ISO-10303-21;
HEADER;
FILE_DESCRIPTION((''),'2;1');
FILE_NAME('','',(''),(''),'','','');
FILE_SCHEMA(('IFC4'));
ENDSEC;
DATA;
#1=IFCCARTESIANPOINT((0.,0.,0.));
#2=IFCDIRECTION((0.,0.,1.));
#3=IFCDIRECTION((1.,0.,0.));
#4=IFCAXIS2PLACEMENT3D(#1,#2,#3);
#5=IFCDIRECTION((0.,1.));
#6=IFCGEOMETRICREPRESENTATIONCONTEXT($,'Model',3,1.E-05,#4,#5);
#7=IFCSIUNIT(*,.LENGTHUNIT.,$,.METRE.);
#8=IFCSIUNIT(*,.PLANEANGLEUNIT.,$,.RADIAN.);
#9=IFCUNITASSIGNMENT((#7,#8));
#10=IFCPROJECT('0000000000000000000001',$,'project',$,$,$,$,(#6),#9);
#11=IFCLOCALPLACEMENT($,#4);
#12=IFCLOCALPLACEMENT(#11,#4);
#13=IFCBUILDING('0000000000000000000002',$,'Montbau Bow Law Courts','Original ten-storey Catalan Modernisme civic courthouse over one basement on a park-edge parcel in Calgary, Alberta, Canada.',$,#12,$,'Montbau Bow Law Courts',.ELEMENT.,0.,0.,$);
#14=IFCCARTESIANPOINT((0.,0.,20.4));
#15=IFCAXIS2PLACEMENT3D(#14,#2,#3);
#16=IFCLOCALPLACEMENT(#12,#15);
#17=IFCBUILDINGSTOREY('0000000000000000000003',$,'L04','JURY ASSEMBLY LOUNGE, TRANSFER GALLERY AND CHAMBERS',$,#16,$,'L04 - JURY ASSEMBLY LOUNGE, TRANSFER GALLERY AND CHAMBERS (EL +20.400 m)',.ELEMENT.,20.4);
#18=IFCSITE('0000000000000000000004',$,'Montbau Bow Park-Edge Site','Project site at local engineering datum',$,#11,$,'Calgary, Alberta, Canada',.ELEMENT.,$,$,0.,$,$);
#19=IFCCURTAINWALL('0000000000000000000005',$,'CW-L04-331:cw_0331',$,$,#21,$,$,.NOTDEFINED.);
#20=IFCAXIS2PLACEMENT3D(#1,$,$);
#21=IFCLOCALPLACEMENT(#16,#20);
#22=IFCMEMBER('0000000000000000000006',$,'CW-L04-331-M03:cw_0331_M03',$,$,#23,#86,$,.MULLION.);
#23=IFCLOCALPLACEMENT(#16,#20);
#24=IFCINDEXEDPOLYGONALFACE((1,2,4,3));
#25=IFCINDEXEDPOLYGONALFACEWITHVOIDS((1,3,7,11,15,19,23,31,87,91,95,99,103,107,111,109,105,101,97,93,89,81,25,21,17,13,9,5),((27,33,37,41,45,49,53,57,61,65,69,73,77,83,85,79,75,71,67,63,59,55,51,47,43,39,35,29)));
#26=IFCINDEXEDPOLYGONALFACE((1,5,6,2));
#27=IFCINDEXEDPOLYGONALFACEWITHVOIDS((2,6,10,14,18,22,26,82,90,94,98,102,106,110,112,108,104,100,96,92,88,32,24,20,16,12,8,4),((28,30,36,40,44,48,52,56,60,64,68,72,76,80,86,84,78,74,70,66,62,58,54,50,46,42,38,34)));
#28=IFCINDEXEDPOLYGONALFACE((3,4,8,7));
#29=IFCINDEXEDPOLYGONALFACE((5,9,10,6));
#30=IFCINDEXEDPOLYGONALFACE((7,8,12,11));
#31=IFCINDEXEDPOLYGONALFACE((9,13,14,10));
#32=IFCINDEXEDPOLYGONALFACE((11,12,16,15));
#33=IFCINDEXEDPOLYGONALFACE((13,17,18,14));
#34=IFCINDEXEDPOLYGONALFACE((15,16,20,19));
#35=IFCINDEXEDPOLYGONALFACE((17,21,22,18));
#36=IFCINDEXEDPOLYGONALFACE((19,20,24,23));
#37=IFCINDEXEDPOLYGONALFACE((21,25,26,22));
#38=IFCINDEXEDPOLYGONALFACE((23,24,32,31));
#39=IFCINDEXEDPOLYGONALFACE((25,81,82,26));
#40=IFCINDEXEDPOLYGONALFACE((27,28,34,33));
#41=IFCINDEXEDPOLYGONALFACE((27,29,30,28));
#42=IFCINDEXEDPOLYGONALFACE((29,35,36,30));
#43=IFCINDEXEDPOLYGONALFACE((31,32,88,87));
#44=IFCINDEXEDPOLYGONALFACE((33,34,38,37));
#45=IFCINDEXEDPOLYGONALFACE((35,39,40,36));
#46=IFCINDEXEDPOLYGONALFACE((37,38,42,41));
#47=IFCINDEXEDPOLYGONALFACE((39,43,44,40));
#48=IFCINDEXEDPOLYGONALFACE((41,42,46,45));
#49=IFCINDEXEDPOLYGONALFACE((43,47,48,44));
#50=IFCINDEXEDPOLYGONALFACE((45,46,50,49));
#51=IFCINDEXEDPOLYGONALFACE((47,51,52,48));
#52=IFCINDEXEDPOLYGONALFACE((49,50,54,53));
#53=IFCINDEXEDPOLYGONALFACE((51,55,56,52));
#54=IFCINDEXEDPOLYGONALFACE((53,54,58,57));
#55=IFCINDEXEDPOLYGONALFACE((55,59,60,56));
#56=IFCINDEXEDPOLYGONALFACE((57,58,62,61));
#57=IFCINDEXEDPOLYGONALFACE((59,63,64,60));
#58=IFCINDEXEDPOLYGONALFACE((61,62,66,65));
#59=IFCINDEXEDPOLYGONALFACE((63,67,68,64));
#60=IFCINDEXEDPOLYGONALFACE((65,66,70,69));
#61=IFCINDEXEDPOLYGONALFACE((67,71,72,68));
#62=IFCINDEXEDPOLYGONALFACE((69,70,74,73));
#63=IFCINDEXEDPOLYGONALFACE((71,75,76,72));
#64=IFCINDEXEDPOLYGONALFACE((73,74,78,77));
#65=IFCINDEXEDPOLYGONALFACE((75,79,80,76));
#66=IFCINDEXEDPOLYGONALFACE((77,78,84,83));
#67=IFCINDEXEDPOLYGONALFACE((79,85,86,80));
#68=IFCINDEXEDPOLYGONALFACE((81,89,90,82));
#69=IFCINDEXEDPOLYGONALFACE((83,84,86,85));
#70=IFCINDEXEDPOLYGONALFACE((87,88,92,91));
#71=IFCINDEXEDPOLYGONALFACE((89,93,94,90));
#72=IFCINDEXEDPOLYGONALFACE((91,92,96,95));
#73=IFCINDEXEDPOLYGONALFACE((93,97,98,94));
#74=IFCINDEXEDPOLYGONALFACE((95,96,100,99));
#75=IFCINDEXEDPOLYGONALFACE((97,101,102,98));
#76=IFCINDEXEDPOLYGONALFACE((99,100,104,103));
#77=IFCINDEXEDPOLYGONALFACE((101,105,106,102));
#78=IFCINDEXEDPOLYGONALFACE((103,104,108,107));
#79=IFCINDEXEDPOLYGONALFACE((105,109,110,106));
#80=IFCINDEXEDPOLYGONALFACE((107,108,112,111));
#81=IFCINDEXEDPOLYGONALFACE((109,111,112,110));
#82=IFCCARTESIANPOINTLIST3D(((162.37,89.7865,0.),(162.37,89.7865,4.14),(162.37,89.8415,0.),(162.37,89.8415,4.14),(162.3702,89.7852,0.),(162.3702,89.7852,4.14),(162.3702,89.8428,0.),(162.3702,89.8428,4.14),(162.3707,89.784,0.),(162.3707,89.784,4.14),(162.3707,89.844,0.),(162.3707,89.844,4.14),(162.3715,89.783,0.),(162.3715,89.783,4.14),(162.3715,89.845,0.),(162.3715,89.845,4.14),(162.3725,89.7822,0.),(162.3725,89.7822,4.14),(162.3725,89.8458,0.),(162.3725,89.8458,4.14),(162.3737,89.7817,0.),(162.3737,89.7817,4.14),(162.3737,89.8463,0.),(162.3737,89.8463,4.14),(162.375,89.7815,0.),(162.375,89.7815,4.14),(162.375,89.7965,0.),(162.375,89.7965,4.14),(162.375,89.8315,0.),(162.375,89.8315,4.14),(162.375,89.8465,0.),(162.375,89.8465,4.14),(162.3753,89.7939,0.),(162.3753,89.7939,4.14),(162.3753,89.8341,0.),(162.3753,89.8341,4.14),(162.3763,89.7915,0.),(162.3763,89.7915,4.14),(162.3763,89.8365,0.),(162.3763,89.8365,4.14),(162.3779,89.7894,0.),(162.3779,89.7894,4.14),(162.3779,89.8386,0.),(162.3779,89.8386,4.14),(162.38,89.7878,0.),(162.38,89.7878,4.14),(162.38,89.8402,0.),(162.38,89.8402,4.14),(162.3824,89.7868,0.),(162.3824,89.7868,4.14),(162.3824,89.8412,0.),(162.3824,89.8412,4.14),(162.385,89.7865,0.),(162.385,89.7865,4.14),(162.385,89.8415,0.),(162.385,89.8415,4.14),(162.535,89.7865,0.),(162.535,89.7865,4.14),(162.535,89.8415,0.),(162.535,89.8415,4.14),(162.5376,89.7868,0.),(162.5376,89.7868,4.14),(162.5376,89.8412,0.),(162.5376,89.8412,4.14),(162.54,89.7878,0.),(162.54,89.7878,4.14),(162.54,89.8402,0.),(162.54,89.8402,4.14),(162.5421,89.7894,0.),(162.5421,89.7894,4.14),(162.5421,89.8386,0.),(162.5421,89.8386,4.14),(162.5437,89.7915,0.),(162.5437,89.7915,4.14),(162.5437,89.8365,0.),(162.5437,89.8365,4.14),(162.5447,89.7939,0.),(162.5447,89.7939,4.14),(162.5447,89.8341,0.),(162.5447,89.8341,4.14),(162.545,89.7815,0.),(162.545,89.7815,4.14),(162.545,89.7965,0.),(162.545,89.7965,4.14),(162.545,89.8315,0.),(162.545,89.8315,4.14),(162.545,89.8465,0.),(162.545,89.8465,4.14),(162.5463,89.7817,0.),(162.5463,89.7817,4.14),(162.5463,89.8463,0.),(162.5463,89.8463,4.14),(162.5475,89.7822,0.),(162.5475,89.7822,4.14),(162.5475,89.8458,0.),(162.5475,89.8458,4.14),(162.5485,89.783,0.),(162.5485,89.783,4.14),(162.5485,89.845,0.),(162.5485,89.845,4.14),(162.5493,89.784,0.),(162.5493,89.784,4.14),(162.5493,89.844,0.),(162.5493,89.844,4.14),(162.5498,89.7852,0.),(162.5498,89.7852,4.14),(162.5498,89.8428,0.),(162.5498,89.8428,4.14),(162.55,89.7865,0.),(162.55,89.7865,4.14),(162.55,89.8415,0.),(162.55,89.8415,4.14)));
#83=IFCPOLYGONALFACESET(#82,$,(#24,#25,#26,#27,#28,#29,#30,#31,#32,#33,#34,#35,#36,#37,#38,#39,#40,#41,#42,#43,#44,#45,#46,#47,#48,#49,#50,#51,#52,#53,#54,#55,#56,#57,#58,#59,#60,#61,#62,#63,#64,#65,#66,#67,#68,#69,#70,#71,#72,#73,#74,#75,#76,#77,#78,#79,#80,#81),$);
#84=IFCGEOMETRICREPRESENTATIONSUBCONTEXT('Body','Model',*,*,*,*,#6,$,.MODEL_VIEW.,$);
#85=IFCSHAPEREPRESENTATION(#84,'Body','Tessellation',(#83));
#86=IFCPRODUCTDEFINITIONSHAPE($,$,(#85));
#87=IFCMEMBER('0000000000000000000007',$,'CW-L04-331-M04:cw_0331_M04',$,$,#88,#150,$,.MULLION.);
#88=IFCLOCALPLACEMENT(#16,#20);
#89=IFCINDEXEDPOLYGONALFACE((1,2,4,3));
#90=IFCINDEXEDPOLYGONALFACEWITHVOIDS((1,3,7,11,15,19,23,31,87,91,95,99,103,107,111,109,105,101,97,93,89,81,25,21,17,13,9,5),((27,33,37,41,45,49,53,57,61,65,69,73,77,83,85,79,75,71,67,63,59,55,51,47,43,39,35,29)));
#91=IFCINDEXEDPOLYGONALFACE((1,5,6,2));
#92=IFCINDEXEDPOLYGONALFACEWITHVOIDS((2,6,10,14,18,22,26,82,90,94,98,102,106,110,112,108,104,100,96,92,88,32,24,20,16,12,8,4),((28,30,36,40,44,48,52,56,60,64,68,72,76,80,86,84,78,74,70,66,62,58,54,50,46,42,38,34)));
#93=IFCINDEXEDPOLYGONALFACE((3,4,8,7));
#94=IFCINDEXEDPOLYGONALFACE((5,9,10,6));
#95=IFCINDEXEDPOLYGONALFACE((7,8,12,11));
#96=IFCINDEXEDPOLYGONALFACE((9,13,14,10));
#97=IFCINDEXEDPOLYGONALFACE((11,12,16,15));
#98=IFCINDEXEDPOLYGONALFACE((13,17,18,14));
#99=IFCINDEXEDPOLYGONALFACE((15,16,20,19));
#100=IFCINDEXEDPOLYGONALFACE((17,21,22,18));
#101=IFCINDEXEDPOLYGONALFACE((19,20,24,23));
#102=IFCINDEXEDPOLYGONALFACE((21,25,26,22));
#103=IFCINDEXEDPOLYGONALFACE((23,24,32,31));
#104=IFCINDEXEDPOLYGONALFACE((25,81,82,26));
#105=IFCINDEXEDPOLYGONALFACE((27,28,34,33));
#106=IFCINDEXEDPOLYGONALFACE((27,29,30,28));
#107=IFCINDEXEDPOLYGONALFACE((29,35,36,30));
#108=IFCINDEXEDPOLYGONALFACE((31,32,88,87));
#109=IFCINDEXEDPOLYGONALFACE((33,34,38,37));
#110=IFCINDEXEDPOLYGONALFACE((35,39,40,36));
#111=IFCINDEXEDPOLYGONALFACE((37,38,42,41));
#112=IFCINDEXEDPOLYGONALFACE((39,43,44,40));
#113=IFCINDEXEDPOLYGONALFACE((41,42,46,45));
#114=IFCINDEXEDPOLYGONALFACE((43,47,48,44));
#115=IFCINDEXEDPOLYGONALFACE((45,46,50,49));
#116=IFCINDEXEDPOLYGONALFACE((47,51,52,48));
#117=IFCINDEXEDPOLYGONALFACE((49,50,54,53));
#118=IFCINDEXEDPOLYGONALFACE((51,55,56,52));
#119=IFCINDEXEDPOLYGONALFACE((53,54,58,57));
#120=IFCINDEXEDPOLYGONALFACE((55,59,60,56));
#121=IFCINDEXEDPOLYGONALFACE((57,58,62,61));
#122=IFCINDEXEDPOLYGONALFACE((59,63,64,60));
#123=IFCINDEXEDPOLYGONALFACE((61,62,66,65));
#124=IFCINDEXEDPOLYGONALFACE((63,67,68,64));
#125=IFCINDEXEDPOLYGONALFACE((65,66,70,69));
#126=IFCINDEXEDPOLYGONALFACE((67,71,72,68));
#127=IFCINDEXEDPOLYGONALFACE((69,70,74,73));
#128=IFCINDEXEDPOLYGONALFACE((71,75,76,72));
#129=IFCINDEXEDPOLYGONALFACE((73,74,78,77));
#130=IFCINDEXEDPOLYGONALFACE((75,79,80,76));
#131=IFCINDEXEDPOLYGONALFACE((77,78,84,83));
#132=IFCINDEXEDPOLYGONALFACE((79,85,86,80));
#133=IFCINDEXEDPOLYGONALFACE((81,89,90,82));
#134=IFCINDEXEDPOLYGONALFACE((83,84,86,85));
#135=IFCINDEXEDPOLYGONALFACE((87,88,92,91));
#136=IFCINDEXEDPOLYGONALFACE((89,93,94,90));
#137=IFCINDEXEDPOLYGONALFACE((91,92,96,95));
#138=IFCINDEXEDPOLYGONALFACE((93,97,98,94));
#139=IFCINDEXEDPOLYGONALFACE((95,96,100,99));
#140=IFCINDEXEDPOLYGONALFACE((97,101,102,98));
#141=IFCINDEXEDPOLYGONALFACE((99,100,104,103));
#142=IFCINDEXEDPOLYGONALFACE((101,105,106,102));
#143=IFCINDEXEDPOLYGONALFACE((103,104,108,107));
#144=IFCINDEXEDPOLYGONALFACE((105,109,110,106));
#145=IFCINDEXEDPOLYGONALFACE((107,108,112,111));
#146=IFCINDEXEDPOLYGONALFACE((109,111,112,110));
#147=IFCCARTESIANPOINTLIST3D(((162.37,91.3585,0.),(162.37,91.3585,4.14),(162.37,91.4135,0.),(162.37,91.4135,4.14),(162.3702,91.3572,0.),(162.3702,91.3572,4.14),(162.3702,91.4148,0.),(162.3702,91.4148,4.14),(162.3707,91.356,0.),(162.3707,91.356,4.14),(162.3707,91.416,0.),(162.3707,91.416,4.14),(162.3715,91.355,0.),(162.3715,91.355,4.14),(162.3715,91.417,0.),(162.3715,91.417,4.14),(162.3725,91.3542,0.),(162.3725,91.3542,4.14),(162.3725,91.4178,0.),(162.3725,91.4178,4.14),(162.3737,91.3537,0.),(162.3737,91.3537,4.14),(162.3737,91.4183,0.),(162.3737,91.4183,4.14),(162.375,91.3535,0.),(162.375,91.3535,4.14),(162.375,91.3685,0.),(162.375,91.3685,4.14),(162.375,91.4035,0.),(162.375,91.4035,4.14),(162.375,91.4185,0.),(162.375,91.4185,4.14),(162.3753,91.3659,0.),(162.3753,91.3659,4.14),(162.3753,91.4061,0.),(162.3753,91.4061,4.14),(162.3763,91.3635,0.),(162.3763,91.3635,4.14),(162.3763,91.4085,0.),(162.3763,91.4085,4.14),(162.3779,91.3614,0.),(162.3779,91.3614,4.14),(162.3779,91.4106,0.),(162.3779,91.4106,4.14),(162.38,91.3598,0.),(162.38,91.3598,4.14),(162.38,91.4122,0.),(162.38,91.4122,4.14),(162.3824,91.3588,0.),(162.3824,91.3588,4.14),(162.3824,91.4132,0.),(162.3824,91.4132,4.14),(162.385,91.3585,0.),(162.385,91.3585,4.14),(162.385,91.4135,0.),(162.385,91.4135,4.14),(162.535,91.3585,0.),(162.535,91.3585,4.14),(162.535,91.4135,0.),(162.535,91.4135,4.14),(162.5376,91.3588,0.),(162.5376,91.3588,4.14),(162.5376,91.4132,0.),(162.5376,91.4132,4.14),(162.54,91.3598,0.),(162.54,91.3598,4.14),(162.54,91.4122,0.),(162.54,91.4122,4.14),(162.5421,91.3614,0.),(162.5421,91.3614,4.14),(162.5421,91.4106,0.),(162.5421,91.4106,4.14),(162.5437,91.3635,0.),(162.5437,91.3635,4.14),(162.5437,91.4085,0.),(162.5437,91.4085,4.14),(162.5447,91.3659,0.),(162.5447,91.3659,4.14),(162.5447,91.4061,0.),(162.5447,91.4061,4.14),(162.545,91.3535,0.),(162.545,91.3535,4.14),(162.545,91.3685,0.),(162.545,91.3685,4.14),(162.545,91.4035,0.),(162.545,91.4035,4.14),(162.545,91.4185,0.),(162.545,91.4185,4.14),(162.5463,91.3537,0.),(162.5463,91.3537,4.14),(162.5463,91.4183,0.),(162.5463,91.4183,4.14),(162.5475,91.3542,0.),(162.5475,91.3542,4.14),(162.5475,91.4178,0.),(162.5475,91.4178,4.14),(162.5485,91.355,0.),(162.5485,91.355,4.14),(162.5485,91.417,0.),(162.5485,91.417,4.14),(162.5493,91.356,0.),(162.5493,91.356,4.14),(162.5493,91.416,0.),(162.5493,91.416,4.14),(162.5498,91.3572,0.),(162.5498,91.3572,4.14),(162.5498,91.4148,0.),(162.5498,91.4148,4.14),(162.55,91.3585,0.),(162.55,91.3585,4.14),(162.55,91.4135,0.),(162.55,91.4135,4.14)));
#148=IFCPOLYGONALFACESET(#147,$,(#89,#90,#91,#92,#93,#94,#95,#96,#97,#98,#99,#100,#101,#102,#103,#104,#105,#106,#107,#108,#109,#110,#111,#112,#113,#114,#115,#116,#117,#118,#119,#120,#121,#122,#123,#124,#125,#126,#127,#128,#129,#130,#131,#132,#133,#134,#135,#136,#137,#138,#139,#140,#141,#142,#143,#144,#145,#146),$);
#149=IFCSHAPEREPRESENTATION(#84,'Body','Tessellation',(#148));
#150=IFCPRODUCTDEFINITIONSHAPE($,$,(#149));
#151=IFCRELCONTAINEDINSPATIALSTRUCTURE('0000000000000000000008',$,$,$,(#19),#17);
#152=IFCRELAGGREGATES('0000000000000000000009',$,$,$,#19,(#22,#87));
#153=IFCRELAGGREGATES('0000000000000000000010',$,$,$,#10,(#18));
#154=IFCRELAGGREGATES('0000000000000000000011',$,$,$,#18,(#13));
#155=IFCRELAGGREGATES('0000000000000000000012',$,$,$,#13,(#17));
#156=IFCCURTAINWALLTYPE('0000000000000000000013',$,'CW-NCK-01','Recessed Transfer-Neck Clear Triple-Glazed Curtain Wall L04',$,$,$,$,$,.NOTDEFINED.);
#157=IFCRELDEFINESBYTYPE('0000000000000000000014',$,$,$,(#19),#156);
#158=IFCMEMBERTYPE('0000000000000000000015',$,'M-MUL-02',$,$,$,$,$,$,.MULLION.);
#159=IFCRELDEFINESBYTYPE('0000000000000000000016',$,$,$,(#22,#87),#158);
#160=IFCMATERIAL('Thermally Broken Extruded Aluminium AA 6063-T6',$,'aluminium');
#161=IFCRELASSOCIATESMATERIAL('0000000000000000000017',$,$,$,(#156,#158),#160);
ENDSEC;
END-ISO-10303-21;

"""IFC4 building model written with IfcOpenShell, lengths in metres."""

from ifc_helpers import new_model, si_unit, direction, frame, origin_with_axes, origin_2d_with_axis, place, context, subcontext, project, spatial, hollow_rectangle, extrude, material, material_profile, profile_set, type_object, element, aggregate, save


model = new_model("IFC4")

# Units and contexts
model_context = context("Model", 3, precision=1e-05, world=origin_with_axes(), true_north=direction((0.0, 1.0)))
body_context = subcontext(model_context, "Body", "Model", "MODEL_VIEW")
ifc_project = project(units=[si_unit("LENGTHUNIT", "METRE"), si_unit("PLANEANGLEUNIT", "RADIAN")], contexts=[model_context])

# Site, building, storey
site_placement = place(None, origin_with_axes())
site = spatial("IfcSite", under=ifc_project, at=site_placement, Name="Montbau Bow Park-Edge Site", Description="Project site at local engineering datum", LongName="Calgary, Alberta, Canada", CompositionType="ELEMENT", RefElevation=0.0)
building_placement = place(site_placement, origin_with_axes())
building = spatial("IfcBuilding", under=site, at=building_placement, Name="Montbau Bow Law Courts", Description="Original ten-storey Catalan Modernisme civic courthouse over one basement on a park-edge parcel in Calgary, Alberta, Canada.", LongName="Montbau Bow Law Courts", CompositionType="ELEMENT", ElevationOfRefHeight=0.0, ElevationOfTerrain=0.0)
storey_placement = place(building_placement, frame((0.0, 0.0, 20.4), z_axis=(0.0, 0.0, 1.0), x_axis=(1.0, 0.0, 0.0)))
storey = spatial("IfcBuildingStorey", under=building, at=storey_placement, Name="L04", Description="JURY ASSEMBLY LOUNGE, TRANSFER GALLERY AND CHAMBERS", LongName="L04 - JURY ASSEMBLY LOUNGE, TRANSFER GALLERY AND CHAMBERS (EL +20.400 m)", CompositionType="ELEMENT", Elevation=20.4)

# Shared definitions
ifc_material_1 = material(Name="Thermally Broken Extruded Aluminium AA 6063-T6", Category="aluminium")
curtain_wall_type = type_object("IfcCurtainWallType", Name="CW-NCK-01", Description="Recessed Transfer-Neck Clear Triple-Glazed Curtain Wall L04", PredefinedType="NOTDEFINED", material=ifc_material_1)

# Curtain wall, members
curtain_wall_1_placement = place(None, frame((162.46, 86.668, 20.4), z_axis=(0.0, 0.0, 1.0), x_axis=(1.0, 0.0, 0.0)))
curtain_wall_1 = element("IfcCurtainWall", 1, at=curtain_wall_1_placement, inside=storey, type_object=curtain_wall_type, Name="CW-L04-331:cw_0331", PredefinedType="NOTDEFINED")
ifc_material_profile_1 = material_profile(ifc_material_1, hollow_rectangle(XDim=0.065, YDim=0.18, WallThickness=0.005, InnerFilletRadius=0.01, OuterFilletRadius=0.005, at=origin_2d_with_axis()), Name="CWM-180X65", Category="Main", Priority=0)
ifc_profile_set_1 = profile_set([ifc_material_profile_1], Name="Thermally Broken Extruded Aluminium AA 6063-T6")
member_type_1 = type_object("IfcMemberType", Name="M-MUL-02", PredefinedType="MULLION", material=ifc_profile_set_1)
member_1_placement = place(None, frame((162.46, 89.814, 20.4), z_axis=(0.0, 0.0, 1.0), x_axis=(0.0, 1.0, 0.0)))
member_1 = element("IfcMember", 2, at=member_1_placement, type_object=member_type_1, Name="CW-L04-331-M03:cw_0331_M03", PredefinedType="MULLION", context=body_context, shape_type="SweptSolid", body=[
    extrude(hollow_rectangle(XDim=0.065, YDim=0.18, WallThickness=0.005, InnerFilletRadius=0.01, OuterFilletRadius=0.005, at=origin_2d_with_axis()), origin_with_axes(), (0.0, 0.0, 1.0), 4.14),
])
member_2_placement = place(None, frame((162.46, 91.386, 20.4), z_axis=(0.0, 0.0, 1.0), x_axis=(0.0, 1.0, 0.0)))
member_2 = element("IfcMember", 3, at=member_2_placement, type_object=member_type_1, Name="CW-L04-331-M04:cw_0331_M04", PredefinedType="MULLION", context=body_context, shape_type="SweptSolid", body=[
    extrude(hollow_rectangle(XDim=0.065, YDim=0.18, WallThickness=0.005, InnerFilletRadius=0.01, OuterFilletRadius=0.005, at=origin_2d_with_axis()), origin_with_axes(), (0.0, 0.0, 1.0), 4.14),
])
aggregate(curtain_wall_1, [member_1, member_2])

save(model, "model.ifc")
